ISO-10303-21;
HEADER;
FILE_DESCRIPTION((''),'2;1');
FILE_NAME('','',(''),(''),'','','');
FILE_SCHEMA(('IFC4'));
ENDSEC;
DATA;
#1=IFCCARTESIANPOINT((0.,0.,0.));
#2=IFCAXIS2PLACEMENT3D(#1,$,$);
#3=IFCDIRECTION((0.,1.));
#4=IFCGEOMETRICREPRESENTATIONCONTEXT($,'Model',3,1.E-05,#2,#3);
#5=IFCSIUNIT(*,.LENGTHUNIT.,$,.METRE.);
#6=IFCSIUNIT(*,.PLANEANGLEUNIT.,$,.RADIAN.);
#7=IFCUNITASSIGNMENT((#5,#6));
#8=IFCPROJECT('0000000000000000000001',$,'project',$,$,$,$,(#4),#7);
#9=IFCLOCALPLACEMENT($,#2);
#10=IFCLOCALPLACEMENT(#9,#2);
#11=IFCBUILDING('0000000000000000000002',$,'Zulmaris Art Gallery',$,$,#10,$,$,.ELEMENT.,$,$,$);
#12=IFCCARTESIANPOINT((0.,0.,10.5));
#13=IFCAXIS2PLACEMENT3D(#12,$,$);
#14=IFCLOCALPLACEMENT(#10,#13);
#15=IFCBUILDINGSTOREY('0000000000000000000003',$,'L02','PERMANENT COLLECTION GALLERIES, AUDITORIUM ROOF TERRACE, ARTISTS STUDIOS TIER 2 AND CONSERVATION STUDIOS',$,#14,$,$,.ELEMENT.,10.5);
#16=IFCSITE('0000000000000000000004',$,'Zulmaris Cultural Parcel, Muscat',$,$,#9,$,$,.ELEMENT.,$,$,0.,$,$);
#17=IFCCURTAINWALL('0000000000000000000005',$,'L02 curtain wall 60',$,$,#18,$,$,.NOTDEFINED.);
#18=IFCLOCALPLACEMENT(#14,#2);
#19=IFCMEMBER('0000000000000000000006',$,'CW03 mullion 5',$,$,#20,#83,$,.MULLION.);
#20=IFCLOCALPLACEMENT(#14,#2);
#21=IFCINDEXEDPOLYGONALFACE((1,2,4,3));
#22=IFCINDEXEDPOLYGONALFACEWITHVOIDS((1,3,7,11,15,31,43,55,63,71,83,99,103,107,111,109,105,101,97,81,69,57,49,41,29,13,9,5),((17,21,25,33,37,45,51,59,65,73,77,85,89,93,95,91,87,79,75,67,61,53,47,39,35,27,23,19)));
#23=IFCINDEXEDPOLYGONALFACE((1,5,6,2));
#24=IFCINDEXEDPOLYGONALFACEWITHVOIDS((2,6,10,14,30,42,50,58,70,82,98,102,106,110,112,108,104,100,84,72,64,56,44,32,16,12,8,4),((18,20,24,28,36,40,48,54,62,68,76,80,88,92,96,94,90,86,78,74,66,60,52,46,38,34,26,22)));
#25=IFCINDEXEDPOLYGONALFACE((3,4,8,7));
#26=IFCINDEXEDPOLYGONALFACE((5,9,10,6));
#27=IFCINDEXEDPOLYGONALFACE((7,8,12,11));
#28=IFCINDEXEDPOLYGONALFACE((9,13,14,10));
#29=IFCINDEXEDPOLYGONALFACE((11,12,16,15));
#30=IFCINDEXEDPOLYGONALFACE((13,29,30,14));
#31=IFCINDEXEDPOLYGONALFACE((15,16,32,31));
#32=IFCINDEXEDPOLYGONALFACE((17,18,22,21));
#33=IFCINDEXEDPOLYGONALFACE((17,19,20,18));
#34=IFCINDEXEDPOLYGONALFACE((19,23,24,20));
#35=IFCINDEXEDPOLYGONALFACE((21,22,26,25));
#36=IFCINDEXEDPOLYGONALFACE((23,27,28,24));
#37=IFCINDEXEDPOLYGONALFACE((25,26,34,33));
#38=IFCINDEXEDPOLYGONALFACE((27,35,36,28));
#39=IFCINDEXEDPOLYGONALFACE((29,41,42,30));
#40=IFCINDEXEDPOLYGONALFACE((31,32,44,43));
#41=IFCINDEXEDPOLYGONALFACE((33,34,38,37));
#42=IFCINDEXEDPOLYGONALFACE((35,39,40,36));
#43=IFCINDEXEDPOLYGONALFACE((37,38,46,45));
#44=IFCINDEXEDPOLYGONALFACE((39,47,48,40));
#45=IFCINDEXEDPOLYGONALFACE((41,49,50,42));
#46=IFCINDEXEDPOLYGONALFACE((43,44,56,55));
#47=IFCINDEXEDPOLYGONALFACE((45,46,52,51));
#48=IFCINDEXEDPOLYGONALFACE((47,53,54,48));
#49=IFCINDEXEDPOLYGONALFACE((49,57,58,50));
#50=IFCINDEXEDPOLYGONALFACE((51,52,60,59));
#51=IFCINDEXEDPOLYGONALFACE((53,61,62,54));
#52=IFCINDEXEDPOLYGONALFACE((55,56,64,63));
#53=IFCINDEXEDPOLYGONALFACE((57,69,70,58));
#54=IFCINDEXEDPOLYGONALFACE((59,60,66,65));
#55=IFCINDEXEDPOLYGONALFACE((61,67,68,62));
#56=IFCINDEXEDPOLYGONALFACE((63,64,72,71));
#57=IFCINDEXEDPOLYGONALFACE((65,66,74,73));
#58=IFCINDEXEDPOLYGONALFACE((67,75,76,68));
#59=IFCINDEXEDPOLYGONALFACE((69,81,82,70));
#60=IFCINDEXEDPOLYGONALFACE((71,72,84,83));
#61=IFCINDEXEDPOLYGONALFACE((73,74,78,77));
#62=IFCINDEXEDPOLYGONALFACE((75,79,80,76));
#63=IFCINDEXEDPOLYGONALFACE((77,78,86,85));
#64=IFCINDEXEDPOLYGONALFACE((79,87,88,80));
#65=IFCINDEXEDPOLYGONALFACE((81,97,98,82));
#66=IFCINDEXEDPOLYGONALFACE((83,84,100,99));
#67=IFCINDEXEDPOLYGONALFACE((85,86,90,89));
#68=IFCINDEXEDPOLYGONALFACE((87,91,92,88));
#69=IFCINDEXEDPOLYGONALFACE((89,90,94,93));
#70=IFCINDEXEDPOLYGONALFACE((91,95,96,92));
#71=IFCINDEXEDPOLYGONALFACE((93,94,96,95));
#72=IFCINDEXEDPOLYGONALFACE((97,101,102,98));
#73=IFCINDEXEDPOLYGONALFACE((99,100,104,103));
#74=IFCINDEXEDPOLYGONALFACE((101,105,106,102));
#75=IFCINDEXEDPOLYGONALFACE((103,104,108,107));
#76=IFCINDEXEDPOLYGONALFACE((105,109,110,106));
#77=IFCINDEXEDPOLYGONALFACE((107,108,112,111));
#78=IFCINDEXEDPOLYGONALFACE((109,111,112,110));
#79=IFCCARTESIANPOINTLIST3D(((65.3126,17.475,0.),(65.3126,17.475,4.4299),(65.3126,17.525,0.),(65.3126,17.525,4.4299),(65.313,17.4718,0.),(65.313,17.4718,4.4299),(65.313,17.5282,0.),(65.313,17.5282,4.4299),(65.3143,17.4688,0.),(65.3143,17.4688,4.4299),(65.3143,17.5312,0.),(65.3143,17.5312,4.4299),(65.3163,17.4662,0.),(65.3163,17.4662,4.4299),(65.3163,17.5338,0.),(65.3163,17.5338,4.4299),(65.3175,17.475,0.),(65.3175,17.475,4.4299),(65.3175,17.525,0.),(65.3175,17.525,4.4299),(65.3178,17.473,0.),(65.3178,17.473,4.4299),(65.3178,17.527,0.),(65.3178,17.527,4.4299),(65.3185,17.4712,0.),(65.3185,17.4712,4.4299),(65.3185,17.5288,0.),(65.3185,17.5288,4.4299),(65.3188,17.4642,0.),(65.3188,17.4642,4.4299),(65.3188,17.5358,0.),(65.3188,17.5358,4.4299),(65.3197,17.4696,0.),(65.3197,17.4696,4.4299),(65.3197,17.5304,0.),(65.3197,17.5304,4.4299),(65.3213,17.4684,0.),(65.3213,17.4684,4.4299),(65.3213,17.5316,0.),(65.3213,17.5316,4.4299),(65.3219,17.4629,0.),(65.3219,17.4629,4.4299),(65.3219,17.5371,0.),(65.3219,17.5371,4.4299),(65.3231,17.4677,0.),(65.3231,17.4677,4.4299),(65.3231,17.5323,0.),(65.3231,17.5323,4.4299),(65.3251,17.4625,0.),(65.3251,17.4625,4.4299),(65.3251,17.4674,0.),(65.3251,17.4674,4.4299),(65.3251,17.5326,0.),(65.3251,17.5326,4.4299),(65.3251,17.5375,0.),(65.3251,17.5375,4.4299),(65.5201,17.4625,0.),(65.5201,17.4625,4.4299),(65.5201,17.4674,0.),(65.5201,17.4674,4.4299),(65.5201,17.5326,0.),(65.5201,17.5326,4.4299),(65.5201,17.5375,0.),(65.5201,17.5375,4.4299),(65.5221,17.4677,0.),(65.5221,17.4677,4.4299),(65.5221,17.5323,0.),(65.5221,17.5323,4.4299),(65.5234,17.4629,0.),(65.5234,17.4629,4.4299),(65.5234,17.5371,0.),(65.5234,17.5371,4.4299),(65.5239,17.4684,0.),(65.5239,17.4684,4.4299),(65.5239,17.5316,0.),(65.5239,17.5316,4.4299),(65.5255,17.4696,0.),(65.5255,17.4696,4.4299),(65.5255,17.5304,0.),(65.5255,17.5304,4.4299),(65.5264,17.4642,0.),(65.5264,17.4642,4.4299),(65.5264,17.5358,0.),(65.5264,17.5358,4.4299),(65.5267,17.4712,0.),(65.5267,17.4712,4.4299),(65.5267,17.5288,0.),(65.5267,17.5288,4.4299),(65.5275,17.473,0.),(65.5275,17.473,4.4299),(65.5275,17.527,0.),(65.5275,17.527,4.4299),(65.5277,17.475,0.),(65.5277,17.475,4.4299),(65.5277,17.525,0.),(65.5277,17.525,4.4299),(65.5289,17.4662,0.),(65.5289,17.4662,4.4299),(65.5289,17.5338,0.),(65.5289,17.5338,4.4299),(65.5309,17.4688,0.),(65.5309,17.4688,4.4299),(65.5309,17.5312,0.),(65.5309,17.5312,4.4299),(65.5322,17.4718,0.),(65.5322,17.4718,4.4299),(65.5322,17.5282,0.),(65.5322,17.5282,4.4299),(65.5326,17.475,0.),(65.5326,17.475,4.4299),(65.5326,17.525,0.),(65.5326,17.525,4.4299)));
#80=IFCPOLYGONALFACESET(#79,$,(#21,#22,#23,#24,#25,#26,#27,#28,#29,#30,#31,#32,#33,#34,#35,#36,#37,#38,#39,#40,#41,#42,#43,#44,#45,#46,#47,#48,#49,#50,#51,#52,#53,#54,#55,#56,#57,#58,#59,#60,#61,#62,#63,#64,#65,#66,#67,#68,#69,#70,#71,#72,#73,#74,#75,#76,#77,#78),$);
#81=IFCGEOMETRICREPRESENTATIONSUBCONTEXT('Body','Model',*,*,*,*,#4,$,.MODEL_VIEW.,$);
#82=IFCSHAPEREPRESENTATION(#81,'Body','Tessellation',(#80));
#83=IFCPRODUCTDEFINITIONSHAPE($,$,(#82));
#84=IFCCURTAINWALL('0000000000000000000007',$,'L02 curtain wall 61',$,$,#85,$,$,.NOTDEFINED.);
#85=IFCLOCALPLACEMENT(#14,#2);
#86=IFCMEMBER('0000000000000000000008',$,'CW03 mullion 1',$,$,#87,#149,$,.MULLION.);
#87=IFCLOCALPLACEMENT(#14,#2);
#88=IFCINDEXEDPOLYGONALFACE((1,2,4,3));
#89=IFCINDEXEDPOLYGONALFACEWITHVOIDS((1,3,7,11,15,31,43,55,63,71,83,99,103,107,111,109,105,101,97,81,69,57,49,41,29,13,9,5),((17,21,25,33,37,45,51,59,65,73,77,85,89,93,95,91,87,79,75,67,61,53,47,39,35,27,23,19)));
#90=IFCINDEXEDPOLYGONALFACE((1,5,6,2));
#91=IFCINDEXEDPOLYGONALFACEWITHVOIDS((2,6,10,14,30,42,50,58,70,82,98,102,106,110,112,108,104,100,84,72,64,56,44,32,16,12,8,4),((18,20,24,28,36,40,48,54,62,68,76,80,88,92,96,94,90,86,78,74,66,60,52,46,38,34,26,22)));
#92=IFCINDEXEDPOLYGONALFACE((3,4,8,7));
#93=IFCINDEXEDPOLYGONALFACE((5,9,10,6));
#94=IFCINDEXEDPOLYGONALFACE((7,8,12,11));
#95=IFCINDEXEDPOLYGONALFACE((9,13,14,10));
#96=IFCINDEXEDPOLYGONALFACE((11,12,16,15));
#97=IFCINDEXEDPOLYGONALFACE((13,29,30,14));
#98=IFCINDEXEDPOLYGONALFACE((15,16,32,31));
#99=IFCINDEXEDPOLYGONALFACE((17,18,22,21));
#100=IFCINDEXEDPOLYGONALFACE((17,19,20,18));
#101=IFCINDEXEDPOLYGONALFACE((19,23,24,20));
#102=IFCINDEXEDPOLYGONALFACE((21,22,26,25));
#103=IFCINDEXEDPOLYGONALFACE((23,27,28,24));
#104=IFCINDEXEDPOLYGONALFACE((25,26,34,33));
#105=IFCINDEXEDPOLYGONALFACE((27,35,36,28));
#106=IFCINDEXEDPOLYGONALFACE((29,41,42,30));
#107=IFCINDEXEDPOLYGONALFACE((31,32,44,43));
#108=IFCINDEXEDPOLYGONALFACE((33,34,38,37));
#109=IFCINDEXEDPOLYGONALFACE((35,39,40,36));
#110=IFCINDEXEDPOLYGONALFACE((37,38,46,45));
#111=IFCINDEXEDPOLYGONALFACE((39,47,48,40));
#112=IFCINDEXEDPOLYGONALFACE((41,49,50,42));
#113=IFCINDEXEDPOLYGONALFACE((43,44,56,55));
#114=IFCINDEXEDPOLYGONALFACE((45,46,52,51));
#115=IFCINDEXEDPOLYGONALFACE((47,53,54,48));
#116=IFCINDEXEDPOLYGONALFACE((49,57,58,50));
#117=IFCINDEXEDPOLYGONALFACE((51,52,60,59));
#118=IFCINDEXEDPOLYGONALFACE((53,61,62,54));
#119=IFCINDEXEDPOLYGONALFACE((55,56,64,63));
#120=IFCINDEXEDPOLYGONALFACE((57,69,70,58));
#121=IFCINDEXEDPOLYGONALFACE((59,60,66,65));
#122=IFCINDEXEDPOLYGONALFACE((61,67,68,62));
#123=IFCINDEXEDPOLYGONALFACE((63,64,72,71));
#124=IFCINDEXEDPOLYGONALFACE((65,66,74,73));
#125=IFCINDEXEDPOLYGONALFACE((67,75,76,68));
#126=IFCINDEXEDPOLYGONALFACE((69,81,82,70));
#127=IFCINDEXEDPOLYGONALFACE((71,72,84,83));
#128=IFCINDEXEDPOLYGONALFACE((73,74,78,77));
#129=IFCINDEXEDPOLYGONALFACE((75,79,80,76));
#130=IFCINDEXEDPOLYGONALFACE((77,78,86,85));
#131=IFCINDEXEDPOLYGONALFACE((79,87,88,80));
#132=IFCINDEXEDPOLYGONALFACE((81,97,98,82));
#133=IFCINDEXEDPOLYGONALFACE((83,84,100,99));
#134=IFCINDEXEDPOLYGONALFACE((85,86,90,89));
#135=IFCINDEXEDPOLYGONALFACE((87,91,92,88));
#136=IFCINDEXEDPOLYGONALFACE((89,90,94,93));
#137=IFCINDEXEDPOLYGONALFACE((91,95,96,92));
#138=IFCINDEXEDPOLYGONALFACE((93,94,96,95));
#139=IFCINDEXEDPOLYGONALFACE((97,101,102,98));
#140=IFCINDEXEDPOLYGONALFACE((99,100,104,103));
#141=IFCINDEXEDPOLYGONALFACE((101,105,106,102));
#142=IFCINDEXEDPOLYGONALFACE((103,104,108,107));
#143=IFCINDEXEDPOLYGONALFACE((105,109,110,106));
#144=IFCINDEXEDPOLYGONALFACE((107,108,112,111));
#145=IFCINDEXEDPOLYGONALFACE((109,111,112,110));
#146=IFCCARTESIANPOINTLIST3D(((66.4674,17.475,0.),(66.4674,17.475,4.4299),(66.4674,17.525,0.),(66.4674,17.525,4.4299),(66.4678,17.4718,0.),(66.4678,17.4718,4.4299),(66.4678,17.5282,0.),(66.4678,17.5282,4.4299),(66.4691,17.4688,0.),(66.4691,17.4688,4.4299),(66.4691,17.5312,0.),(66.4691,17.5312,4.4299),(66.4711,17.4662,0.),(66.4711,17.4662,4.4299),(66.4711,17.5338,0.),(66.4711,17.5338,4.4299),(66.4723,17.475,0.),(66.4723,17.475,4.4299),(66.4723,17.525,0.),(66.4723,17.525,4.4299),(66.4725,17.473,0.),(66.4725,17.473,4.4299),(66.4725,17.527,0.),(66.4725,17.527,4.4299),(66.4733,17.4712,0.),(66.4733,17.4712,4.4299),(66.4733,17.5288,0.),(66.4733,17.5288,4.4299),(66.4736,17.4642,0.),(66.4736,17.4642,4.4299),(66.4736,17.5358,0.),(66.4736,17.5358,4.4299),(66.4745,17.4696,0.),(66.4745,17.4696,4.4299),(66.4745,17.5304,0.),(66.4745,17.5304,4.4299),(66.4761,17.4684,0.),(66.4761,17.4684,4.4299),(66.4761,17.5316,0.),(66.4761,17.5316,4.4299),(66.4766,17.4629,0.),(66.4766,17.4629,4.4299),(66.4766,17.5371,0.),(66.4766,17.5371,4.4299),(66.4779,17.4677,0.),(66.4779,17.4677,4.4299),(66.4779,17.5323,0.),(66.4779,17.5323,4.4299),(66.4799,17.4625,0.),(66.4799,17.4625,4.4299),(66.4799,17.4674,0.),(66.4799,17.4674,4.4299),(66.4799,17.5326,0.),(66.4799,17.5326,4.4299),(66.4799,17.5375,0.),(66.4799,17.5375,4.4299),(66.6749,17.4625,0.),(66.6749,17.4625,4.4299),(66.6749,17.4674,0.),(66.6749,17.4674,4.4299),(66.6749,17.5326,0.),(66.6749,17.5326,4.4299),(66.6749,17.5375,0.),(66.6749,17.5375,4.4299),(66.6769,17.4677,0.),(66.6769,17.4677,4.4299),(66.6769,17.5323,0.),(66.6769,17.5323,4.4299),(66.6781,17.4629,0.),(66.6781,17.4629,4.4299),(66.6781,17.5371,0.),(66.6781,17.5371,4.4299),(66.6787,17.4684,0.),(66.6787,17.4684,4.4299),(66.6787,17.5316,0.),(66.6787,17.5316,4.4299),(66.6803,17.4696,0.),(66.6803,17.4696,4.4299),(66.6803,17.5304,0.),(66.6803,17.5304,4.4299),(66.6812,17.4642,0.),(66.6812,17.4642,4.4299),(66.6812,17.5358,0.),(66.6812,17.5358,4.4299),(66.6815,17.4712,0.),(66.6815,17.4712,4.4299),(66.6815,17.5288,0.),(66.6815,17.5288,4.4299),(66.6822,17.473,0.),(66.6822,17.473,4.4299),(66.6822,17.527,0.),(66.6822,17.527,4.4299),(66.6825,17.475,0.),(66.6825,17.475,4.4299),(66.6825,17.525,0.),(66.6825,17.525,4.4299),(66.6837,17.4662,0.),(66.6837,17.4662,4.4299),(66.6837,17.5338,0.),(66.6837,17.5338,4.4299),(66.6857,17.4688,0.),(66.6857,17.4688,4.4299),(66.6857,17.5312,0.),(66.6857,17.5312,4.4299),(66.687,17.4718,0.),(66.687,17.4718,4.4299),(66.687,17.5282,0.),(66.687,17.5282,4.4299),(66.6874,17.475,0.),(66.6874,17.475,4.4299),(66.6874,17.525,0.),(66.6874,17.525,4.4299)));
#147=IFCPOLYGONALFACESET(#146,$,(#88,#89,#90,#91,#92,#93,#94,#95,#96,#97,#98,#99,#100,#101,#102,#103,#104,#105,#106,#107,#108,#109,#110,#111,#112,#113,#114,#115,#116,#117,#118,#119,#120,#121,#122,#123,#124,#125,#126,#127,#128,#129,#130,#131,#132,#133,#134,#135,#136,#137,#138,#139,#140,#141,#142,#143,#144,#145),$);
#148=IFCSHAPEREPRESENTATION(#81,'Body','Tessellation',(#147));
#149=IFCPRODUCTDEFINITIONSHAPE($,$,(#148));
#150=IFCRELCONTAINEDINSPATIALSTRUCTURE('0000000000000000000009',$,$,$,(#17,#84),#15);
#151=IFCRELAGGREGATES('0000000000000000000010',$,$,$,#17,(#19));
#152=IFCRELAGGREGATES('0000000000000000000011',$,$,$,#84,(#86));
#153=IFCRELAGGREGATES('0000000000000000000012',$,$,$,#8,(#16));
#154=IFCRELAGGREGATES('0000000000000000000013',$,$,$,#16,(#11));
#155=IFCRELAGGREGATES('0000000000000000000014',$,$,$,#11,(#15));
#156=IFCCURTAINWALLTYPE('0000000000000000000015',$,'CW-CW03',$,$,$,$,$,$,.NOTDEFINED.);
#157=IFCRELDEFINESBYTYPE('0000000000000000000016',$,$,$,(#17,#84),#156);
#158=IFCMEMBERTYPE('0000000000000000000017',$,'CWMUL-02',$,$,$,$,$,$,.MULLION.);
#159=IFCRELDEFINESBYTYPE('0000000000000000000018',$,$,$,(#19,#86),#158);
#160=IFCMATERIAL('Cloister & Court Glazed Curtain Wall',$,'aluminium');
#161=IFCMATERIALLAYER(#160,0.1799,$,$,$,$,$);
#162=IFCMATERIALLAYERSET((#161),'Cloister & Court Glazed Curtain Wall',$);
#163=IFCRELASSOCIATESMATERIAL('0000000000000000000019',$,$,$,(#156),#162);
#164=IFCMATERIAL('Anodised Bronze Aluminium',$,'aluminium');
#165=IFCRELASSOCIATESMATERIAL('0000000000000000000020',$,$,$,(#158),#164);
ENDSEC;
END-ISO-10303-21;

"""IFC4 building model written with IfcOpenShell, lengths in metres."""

from ifc_helpers import new_model, si_unit, direction, frame, origin, origin_2d, place, context, subcontext, project, spatial, hollow_rectangle, extrude, material, layer, layer_set, material_profile, profile_set, type_object, element, aggregate, save


model = new_model("IFC4")

# Units and contexts
model_context = context("Model", 3, precision=1e-05, world=origin(), true_north=direction((0.0, 1.0)))
body_context = subcontext(model_context, "Body", "Model", "MODEL_VIEW")
ifc_project = project(units=[si_unit("LENGTHUNIT", "METRE"), si_unit("PLANEANGLEUNIT", "RADIAN")], contexts=[model_context])

# Site, building, storey
site_placement = place(None, origin())
site = spatial("IfcSite", under=ifc_project, at=site_placement, Name="Zulmaris Cultural Parcel, Muscat", CompositionType="ELEMENT", RefElevation=0.0)
building_placement = place(site_placement, origin())
building = spatial("IfcBuilding", under=site, at=building_placement, Name="Zulmaris Art Gallery", CompositionType="ELEMENT")
storey_placement = place(building_placement, frame((0.0, 0.0, 10.5)))
storey = spatial("IfcBuildingStorey", under=building, at=storey_placement, Name="L02", Description="PERMANENT COLLECTION GALLERIES, AUDITORIUM ROOF TERRACE, ARTISTS STUDIOS TIER 2 AND CONSERVATION STUDIOS", CompositionType="ELEMENT", Elevation=10.5)

# Curtain walls, members
ifc_material_1 = material(Name="Cloister & Court Glazed Curtain Wall", Category="aluminium")
ifc_layer_1 = layer(ifc_material_1, 0.1799)
ifc_layer_set_1 = layer_set([ifc_layer_1], Name="Cloister & Court Glazed Curtain Wall")
curtain_wall_type = type_object("IfcCurtainWallType", Name="CW-CW03", PredefinedType="NOTDEFINED", material=ifc_layer_set_1)
curtain_wall_1_placement = place(storey_placement, origin())
curtain_wall_1 = element("IfcCurtainWall", 1, at=curtain_wall_1_placement, inside=storey, type_object=curtain_wall_type, Name="L02 curtain wall 60", PredefinedType="NOTDEFINED")
ifc_material_2 = material(Name="Anodised Bronze Aluminium", Category="aluminium")
ifc_material_profile_1 = material_profile(ifc_material_2, hollow_rectangle(XDim=0.075, YDim=0.22, WallThickness=0.0049, InnerFilletRadius=0.0076, OuterFilletRadius=0.0125, at=origin_2d()), Name="ALU 75x220x5")
ifc_profile_set_1 = profile_set([ifc_material_profile_1], Name="Anodised Bronze Aluminium")
member_type_1 = type_object("IfcMemberType", Name="CWMUL-02", PredefinedType="MULLION", material=ifc_profile_set_1)
member_1_placement = place(storey_placement, frame((65.4226, 17.5, 0.0), z_axis=(0.0, 0.0, 1.0), x_axis=(0.0, 1.0, 0.0)))
member_1 = element("IfcMember", 2, at=member_1_placement, type_object=member_type_1, Name="CW03 mullion 5", PredefinedType="MULLION", context=body_context, shape_type="SweptSolid", body=[
    extrude(hollow_rectangle(XDim=0.075, YDim=0.22, WallThickness=0.0049, InnerFilletRadius=0.0076, OuterFilletRadius=0.0125, at=origin_2d()), origin(), (0.0, 0.0, 1.0), 4.4299),
])
curtain_wall_2_placement = place(storey_placement, origin())
curtain_wall_2 = element("IfcCurtainWall", 3, at=curtain_wall_2_placement, inside=storey, type_object=curtain_wall_type, Name="L02 curtain wall 61", PredefinedType="NOTDEFINED")
member_2_placement = place(storey_placement, frame((66.5774, 17.5, 0.0), z_axis=(0.0, 0.0, 1.0), x_axis=(0.0, 1.0, 0.0)))
member_2 = element("IfcMember", 4, at=member_2_placement, type_object=member_type_1, Name="CW03 mullion 1", PredefinedType="MULLION", context=body_context, shape_type="SweptSolid", body=[
    extrude(hollow_rectangle(XDim=0.075, YDim=0.22, WallThickness=0.0049, InnerFilletRadius=0.0076, OuterFilletRadius=0.0125, at=origin_2d()), origin(), (0.0, 0.0, 1.0), 4.4299),
])

aggregate(curtain_wall_1, [member_1])
aggregate(curtain_wall_2, [member_2])

save(model, "model.ifc")
